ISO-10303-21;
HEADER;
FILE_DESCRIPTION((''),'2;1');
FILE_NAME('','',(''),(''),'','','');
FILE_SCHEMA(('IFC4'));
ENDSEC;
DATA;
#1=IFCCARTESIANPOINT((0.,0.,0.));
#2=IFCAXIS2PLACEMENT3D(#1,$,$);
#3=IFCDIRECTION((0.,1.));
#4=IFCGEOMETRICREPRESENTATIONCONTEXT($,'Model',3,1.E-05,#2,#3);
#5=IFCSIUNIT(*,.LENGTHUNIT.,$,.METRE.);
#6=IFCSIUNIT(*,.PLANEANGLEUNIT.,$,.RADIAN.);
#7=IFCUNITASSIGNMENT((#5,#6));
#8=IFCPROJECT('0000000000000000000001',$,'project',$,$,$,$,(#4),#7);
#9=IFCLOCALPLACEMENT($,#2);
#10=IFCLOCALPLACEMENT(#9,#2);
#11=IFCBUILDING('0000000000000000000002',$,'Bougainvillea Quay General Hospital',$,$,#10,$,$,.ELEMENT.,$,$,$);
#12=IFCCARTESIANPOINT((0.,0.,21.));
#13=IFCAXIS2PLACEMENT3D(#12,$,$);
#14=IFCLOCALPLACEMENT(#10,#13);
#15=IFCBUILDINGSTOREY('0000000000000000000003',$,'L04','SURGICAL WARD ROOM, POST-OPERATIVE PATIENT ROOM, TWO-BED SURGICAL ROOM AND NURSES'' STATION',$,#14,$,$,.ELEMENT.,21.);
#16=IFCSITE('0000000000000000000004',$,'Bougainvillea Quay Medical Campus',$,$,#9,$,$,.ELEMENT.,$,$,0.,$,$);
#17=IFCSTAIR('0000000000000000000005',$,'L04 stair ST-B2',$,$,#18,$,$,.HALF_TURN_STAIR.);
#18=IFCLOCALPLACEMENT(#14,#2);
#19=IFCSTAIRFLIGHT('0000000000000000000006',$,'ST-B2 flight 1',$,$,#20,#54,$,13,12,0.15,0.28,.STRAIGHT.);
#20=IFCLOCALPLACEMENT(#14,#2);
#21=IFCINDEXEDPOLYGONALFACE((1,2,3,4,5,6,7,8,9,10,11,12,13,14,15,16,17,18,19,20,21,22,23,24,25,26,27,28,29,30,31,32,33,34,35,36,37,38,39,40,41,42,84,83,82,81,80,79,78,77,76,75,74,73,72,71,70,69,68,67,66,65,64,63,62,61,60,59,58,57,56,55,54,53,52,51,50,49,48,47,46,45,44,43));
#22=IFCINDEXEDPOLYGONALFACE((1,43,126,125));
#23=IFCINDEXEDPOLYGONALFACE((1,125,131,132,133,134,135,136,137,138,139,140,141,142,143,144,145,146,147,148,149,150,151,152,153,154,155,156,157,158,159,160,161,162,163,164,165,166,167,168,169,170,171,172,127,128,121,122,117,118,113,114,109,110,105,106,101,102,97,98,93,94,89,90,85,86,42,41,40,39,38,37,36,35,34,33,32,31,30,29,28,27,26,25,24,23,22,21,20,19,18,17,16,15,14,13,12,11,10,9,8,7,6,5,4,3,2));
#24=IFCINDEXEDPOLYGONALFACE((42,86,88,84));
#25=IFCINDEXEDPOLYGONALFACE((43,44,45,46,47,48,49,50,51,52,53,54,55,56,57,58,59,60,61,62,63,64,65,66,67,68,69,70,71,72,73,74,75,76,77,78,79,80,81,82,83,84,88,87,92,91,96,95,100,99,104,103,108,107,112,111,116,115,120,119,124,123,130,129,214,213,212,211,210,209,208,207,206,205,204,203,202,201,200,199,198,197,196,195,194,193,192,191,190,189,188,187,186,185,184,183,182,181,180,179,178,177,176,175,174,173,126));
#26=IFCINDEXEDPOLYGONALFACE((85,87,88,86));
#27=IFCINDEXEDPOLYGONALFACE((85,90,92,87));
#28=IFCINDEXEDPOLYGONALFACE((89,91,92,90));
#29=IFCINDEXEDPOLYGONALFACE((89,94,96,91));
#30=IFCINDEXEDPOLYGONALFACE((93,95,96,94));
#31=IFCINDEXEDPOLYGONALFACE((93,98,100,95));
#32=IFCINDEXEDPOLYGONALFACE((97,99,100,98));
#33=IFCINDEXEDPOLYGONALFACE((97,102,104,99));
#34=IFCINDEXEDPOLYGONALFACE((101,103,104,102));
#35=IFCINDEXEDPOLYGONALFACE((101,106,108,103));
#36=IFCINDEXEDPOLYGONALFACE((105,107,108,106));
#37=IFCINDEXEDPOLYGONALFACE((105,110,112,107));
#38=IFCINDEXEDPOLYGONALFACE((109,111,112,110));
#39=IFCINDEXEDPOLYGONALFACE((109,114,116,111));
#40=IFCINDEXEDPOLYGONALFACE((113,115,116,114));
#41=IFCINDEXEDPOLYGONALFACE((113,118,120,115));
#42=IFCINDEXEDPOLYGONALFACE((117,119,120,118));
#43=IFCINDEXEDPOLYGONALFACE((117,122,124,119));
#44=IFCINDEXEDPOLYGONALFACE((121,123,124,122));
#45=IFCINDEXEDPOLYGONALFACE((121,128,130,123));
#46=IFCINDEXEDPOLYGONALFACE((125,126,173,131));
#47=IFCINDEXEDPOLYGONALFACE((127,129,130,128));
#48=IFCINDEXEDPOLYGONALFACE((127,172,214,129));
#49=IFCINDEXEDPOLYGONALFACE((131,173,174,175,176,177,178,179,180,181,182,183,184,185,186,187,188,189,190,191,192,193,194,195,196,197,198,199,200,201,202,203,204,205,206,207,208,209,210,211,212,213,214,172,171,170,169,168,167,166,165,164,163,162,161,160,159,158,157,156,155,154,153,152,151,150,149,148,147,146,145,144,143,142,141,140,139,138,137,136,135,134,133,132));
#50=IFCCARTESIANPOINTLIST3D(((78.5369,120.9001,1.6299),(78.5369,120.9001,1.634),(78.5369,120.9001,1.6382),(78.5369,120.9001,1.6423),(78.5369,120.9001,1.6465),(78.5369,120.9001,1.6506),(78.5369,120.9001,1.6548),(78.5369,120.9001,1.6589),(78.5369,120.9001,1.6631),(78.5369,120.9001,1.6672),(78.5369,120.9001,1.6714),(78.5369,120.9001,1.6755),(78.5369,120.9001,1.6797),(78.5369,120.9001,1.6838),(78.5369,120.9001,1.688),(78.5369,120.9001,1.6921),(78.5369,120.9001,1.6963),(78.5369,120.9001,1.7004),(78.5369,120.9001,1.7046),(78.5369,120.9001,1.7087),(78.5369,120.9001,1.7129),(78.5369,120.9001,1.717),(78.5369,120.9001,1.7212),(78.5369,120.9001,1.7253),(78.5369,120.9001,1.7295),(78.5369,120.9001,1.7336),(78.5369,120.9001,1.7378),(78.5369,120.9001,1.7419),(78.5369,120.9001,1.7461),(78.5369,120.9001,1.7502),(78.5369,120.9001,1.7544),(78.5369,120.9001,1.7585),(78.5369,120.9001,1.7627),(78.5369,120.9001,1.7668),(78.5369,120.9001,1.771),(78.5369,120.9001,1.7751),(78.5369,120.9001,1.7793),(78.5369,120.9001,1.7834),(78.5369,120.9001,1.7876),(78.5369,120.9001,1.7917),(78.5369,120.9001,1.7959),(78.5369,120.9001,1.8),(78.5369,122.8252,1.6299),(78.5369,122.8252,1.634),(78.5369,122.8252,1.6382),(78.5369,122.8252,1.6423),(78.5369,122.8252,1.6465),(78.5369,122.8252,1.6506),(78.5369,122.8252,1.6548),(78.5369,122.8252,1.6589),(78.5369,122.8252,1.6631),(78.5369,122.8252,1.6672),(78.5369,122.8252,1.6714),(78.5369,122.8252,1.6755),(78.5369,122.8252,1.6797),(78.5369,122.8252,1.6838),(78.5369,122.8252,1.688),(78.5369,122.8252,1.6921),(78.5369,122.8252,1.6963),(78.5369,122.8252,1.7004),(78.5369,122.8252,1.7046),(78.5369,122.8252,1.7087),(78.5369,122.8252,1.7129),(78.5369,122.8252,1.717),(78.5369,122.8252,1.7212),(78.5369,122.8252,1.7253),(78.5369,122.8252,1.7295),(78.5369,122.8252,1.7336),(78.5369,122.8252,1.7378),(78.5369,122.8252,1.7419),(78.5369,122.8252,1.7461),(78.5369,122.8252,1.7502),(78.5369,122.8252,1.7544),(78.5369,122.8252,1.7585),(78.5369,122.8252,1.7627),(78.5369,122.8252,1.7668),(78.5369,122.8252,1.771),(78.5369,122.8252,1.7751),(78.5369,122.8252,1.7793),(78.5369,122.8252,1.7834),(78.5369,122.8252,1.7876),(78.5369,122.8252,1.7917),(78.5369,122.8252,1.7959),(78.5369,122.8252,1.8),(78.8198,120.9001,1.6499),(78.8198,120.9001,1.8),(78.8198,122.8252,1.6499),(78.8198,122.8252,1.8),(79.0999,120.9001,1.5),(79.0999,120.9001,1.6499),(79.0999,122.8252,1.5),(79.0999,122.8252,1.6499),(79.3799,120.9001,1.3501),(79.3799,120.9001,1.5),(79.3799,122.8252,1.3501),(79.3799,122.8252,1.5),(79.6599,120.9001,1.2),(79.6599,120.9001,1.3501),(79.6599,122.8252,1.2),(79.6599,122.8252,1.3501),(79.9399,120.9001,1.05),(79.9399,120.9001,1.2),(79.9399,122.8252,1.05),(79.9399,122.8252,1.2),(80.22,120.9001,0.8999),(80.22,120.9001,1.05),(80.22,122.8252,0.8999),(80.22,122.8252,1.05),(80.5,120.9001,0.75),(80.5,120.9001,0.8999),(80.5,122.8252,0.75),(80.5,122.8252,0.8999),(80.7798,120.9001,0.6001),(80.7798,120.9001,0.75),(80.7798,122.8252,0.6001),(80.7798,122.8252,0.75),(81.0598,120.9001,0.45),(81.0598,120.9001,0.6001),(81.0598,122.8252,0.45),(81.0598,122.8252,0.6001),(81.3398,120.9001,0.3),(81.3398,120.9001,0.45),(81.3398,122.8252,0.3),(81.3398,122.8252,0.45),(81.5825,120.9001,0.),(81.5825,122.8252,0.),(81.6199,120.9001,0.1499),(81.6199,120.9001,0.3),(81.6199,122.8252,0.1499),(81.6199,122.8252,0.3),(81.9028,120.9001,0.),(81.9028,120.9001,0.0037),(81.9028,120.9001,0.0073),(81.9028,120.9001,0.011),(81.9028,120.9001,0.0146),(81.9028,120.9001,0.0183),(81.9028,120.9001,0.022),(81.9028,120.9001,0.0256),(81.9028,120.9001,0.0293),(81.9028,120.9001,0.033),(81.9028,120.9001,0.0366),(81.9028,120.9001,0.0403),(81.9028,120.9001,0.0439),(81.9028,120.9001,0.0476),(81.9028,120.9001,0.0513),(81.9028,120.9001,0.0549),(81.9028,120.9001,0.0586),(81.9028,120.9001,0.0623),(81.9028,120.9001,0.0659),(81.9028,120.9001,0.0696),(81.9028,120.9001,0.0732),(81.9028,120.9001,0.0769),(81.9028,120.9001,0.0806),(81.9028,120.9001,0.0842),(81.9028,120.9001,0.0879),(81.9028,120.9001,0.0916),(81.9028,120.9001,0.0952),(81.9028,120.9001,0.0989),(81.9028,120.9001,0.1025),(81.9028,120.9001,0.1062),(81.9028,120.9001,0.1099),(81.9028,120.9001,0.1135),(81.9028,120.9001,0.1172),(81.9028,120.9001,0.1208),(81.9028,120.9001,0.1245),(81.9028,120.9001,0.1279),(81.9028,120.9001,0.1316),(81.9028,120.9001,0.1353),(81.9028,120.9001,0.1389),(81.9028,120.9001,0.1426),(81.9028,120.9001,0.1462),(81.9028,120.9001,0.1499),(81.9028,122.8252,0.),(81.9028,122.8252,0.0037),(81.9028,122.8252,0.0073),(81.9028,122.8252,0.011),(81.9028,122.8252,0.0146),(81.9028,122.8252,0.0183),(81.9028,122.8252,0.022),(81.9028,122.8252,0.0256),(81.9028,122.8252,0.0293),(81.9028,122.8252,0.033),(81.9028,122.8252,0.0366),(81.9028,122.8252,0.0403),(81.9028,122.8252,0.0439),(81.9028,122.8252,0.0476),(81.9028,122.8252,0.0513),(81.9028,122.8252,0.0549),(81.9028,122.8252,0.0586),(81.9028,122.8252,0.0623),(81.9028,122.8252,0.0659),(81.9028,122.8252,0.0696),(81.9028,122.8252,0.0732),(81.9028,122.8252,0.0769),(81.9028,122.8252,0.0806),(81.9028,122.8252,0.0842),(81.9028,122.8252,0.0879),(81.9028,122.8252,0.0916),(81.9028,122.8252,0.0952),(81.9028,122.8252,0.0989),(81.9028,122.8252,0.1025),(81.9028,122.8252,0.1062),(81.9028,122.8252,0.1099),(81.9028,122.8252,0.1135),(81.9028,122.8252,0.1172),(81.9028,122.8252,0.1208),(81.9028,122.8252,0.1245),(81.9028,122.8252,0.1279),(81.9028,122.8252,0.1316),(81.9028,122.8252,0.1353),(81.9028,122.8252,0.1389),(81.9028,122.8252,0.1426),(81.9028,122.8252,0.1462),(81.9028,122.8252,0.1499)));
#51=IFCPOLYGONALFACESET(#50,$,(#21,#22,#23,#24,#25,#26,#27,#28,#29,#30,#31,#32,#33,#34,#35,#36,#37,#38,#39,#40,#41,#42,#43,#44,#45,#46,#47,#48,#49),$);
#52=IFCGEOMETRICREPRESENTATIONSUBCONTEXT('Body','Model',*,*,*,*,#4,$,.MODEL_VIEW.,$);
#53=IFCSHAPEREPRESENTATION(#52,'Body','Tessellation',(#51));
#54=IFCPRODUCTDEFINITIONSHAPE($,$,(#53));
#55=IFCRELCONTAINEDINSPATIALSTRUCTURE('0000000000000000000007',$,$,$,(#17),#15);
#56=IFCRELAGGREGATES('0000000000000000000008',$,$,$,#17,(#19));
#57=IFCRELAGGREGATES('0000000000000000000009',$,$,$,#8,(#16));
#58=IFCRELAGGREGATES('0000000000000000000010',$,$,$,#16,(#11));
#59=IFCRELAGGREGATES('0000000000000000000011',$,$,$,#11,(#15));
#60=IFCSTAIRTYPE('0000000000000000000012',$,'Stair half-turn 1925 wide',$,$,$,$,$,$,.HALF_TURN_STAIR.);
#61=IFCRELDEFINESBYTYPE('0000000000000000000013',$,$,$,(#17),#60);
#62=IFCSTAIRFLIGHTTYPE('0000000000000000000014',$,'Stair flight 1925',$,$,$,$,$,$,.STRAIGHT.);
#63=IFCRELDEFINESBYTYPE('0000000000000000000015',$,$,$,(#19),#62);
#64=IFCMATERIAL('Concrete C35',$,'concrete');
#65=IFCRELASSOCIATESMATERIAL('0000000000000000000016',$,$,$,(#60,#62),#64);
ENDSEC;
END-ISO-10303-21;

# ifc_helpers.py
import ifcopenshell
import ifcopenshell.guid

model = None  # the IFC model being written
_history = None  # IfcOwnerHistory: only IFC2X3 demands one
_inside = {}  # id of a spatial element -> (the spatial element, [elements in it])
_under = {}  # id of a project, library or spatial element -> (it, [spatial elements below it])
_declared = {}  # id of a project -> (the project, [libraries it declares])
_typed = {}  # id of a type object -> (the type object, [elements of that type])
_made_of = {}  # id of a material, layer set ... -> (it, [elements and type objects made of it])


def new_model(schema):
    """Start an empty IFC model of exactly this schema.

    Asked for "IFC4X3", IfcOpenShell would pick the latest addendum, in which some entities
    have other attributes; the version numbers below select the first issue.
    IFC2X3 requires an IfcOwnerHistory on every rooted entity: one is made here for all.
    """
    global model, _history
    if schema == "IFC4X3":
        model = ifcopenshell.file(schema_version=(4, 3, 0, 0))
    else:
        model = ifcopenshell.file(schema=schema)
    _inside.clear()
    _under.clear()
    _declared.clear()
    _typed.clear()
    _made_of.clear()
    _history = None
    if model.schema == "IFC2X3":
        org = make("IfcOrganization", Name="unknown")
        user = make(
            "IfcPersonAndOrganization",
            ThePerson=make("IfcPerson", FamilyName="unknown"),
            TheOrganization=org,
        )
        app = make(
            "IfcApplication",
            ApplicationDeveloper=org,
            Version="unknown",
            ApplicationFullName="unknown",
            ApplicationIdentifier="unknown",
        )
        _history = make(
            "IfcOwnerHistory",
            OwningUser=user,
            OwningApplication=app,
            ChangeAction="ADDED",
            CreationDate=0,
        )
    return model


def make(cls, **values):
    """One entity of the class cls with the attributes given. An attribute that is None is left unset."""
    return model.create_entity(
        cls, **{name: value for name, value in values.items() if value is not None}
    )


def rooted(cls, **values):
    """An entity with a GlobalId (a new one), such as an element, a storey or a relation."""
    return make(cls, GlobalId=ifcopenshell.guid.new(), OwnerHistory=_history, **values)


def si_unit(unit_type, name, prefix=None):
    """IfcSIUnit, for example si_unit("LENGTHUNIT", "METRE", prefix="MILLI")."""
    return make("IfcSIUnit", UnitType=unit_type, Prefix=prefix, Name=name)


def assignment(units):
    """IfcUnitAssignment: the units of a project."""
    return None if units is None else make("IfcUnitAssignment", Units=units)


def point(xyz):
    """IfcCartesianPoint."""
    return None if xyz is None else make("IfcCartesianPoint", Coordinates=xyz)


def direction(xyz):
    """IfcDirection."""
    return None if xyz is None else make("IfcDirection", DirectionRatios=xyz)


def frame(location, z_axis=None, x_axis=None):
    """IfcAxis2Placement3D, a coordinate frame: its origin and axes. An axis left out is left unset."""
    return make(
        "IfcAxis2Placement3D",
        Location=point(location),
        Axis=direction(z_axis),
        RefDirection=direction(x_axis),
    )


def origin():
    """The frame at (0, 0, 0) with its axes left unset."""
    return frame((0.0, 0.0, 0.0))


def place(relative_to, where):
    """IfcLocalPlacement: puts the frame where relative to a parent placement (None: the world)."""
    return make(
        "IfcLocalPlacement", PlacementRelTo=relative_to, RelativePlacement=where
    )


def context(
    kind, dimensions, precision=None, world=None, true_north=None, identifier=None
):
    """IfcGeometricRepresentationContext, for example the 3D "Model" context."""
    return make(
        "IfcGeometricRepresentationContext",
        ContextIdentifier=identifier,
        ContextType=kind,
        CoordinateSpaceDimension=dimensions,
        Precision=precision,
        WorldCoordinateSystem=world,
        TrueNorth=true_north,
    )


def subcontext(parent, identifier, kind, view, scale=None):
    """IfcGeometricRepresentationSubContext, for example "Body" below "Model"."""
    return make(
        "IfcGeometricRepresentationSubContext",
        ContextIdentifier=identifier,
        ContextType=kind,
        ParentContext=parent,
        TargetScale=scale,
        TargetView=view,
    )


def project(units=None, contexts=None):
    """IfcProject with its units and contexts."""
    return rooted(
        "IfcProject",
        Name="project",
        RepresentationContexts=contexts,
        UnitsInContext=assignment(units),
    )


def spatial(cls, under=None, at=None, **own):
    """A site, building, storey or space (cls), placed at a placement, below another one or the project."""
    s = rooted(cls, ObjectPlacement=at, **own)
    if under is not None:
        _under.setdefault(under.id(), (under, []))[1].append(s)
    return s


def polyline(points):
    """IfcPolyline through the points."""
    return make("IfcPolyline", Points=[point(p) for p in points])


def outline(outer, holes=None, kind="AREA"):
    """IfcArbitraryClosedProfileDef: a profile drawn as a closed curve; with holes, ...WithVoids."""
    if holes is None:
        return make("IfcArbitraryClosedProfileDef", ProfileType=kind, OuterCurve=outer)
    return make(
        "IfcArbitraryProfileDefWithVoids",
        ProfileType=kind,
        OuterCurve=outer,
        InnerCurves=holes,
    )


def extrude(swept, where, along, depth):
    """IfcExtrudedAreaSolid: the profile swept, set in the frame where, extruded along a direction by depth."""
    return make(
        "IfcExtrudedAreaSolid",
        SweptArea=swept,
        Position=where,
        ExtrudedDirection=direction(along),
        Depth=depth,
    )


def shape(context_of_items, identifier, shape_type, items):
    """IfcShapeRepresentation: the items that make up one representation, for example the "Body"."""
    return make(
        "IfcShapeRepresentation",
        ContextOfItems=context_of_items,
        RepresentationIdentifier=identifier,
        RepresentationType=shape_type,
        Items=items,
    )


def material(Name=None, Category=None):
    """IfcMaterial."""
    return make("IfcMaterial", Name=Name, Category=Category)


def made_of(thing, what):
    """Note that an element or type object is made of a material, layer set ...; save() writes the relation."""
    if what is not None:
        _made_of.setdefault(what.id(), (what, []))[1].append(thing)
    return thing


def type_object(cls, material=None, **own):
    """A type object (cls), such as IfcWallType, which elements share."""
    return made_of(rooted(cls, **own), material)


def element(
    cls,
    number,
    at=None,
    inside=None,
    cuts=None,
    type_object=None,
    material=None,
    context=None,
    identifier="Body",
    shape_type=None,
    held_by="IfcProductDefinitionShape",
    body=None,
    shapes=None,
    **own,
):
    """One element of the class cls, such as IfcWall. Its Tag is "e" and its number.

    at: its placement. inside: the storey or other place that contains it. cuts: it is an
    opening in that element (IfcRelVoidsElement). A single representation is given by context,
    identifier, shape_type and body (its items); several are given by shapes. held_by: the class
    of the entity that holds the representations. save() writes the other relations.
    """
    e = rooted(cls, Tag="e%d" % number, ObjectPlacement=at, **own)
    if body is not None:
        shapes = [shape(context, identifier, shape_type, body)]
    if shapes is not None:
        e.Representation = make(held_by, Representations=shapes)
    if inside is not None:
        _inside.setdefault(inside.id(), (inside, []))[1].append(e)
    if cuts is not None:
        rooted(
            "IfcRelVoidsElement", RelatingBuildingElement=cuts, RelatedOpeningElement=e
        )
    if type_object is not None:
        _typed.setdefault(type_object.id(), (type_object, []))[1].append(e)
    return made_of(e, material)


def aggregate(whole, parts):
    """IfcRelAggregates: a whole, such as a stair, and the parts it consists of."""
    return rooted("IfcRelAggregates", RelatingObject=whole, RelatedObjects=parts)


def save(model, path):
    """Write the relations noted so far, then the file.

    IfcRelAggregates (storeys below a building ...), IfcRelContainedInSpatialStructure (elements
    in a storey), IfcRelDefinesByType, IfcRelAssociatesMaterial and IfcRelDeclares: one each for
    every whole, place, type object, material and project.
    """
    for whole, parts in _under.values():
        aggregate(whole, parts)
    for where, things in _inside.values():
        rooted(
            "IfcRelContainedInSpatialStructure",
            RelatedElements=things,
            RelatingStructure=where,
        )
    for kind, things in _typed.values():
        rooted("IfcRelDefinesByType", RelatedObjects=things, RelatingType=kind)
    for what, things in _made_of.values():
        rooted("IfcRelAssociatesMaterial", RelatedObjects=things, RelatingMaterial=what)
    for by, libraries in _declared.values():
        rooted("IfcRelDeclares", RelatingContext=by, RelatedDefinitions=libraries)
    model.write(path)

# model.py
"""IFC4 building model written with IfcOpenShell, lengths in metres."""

from ifc_helpers import new_model, si_unit, direction, frame, origin, place, context, subcontext, project, spatial, polyline, outline, extrude, material, type_object, element, aggregate, save


model = new_model("IFC4")

# Units and contexts
model_context = context("Model", 3, precision=1e-05, world=origin(), true_north=direction((0.0, 1.0)))
body_context = subcontext(model_context, "Body", "Model", "MODEL_VIEW")
ifc_project = project(units=[si_unit("LENGTHUNIT", "METRE"), si_unit("PLANEANGLEUNIT", "RADIAN")], contexts=[model_context])

# Site, building, storey
site_placement = place(None, origin())
site = spatial("IfcSite", under=ifc_project, at=site_placement, Name="Bougainvillea Quay Medical Campus", CompositionType="ELEMENT", RefElevation=0.0)
building_placement = place(site_placement, origin())
building = spatial("IfcBuilding", under=site, at=building_placement, Name="Bougainvillea Quay General Hospital", CompositionType="ELEMENT")
storey_placement = place(building_placement, frame((0.0, 0.0, 21.0)))
storey = spatial("IfcBuildingStorey", under=building, at=storey_placement, Name="L04", Description="SURGICAL WARD ROOM, POST-OPERATIVE PATIENT ROOM, TWO-BED SURGICAL ROOM AND NURSES' STATION", CompositionType="ELEMENT", Elevation=21.0)

# Stair, stair flight
ifc_material_1 = material(Name="Concrete C35", Category="concrete")
stair_type = type_object("IfcStairType", Name="Stair half-turn 1925 wide", PredefinedType="HALF_TURN_STAIR", material=ifc_material_1)
stair_placement = place(storey_placement, origin())
stair = element("IfcStair", 1, at=stair_placement, inside=storey, type_object=stair_type, Name="L04 stair ST-B2", PredefinedType="HALF_TURN_STAIR")
stair_flight_type = type_object("IfcStairFlightType", Name="Stair flight 1925", PredefinedType="STRAIGHT", material=ifc_material_1)
stair_flight_placement = place(storey_placement, frame((81.8999, 121.8625, 0.0), z_axis=(0.0, 0.0, 1.0), x_axis=(-1.0, 0.0, 0.0)))
stair_flight = element("IfcStairFlight", 2, at=stair_flight_placement, type_object=stair_flight_type, Name="ST-B2 flight 1", NumberOfRisers=13, NumberOfTreads=12, PredefinedType="STRAIGHT", RiserHeight=0.15, TreadLength=0.28, context=body_context, shape_type="SweptSolid", body=[
    extrude(outline(polyline([(-0.0029, 0.0), (-0.0029, 0.0037), (-0.0029, 0.0073), (-0.0029, 0.011), (-0.0029, 0.0146), (-0.0029, 0.0183), (-0.0029, 0.022), (-0.0029, 0.0256), (-0.0029, 0.0293), (-0.0029, 0.033), (-0.0029, 0.0366), (-0.0029, 0.0403), (-0.0029, 0.0439), (-0.0029, 0.0476), (-0.0029, 0.0513), (-0.0029, 0.0549), (-0.0029, 0.0586), (-0.0029, 0.0623), (-0.0029, 0.0659), (-0.0029, 0.0696), (-0.0029, 0.0732), (-0.0029, 0.0769), (-0.0029, 0.0806), (-0.0029, 0.0842), (-0.0029, 0.0879), (-0.0029, 0.0916), (-0.0029, 0.0952), (-0.0029, 0.0989), (-0.0029, 0.1025), (-0.0029, 0.1062), (-0.0029, 0.1099), (-0.0029, 0.1135), (-0.0029, 0.1172), (-0.0029, 0.1208), (-0.0029, 0.1245), (-0.0029, 0.1279), (-0.0029, 0.1316), (-0.0029, 0.1353), (-0.0029, 0.1389), (-0.0029, 0.1426), (-0.0029, 0.1462), (-0.0029, 0.1499), (0.28, 0.1499), (0.28, 0.3), (0.5601, 0.3), (0.5601, 0.45), (0.8401, 0.45), (0.8401, 0.6001), (1.1201, 0.6001), (1.1201, 0.75), (1.3999, 0.75), (1.3999, 0.8999), (1.6799, 0.8999), (1.6799, 1.05), (1.96, 1.05), (1.96, 1.2), (2.24, 1.2), (2.24, 1.3501), (2.52, 1.3501), (2.52, 1.5), (2.8, 1.5), (2.8, 1.6499), (3.0801, 1.6499), (3.0801, 1.8), (3.363, 1.8), (3.363, 1.7959), (3.363, 1.7917), (3.363, 1.7876), (3.363, 1.7834), (3.363, 1.7793), (3.363, 1.7751), (3.363, 1.771), (3.363, 1.7668), (3.363, 1.7627), (3.363, 1.7585), (3.363, 1.7544), (3.363, 1.7502), (3.363, 1.7461), (3.363, 1.7419), (3.363, 1.7378), (3.363, 1.7336), (3.363, 1.7295), (3.363, 1.7253), (3.363, 1.7212), (3.363, 1.717), (3.363, 1.7129), (3.363, 1.7087), (3.363, 1.7046), (3.363, 1.7004), (3.363, 1.6963), (3.363, 1.6921), (3.363, 1.688), (3.363, 1.6838), (3.363, 1.6797), (3.363, 1.6755), (3.363, 1.6714), (3.363, 1.6672), (3.363, 1.6631), (3.363, 1.6589), (3.363, 1.6548), (3.363, 1.6506), (3.363, 1.6465), (3.363, 1.6423), (3.363, 1.6382), (3.363, 1.634), (3.363, 1.6299), (0.3174, 0.0), (-0.0029, 0.0)])), frame((0.0, 0.9624, 0.0), z_axis=(0.0, -1.0, 0.0), x_axis=(1.0, 0.0, 0.0)), (0.0, 0.0, 1.0), 1.925),
])
aggregate(stair, [stair_flight])

save(model, "model.ifc")
